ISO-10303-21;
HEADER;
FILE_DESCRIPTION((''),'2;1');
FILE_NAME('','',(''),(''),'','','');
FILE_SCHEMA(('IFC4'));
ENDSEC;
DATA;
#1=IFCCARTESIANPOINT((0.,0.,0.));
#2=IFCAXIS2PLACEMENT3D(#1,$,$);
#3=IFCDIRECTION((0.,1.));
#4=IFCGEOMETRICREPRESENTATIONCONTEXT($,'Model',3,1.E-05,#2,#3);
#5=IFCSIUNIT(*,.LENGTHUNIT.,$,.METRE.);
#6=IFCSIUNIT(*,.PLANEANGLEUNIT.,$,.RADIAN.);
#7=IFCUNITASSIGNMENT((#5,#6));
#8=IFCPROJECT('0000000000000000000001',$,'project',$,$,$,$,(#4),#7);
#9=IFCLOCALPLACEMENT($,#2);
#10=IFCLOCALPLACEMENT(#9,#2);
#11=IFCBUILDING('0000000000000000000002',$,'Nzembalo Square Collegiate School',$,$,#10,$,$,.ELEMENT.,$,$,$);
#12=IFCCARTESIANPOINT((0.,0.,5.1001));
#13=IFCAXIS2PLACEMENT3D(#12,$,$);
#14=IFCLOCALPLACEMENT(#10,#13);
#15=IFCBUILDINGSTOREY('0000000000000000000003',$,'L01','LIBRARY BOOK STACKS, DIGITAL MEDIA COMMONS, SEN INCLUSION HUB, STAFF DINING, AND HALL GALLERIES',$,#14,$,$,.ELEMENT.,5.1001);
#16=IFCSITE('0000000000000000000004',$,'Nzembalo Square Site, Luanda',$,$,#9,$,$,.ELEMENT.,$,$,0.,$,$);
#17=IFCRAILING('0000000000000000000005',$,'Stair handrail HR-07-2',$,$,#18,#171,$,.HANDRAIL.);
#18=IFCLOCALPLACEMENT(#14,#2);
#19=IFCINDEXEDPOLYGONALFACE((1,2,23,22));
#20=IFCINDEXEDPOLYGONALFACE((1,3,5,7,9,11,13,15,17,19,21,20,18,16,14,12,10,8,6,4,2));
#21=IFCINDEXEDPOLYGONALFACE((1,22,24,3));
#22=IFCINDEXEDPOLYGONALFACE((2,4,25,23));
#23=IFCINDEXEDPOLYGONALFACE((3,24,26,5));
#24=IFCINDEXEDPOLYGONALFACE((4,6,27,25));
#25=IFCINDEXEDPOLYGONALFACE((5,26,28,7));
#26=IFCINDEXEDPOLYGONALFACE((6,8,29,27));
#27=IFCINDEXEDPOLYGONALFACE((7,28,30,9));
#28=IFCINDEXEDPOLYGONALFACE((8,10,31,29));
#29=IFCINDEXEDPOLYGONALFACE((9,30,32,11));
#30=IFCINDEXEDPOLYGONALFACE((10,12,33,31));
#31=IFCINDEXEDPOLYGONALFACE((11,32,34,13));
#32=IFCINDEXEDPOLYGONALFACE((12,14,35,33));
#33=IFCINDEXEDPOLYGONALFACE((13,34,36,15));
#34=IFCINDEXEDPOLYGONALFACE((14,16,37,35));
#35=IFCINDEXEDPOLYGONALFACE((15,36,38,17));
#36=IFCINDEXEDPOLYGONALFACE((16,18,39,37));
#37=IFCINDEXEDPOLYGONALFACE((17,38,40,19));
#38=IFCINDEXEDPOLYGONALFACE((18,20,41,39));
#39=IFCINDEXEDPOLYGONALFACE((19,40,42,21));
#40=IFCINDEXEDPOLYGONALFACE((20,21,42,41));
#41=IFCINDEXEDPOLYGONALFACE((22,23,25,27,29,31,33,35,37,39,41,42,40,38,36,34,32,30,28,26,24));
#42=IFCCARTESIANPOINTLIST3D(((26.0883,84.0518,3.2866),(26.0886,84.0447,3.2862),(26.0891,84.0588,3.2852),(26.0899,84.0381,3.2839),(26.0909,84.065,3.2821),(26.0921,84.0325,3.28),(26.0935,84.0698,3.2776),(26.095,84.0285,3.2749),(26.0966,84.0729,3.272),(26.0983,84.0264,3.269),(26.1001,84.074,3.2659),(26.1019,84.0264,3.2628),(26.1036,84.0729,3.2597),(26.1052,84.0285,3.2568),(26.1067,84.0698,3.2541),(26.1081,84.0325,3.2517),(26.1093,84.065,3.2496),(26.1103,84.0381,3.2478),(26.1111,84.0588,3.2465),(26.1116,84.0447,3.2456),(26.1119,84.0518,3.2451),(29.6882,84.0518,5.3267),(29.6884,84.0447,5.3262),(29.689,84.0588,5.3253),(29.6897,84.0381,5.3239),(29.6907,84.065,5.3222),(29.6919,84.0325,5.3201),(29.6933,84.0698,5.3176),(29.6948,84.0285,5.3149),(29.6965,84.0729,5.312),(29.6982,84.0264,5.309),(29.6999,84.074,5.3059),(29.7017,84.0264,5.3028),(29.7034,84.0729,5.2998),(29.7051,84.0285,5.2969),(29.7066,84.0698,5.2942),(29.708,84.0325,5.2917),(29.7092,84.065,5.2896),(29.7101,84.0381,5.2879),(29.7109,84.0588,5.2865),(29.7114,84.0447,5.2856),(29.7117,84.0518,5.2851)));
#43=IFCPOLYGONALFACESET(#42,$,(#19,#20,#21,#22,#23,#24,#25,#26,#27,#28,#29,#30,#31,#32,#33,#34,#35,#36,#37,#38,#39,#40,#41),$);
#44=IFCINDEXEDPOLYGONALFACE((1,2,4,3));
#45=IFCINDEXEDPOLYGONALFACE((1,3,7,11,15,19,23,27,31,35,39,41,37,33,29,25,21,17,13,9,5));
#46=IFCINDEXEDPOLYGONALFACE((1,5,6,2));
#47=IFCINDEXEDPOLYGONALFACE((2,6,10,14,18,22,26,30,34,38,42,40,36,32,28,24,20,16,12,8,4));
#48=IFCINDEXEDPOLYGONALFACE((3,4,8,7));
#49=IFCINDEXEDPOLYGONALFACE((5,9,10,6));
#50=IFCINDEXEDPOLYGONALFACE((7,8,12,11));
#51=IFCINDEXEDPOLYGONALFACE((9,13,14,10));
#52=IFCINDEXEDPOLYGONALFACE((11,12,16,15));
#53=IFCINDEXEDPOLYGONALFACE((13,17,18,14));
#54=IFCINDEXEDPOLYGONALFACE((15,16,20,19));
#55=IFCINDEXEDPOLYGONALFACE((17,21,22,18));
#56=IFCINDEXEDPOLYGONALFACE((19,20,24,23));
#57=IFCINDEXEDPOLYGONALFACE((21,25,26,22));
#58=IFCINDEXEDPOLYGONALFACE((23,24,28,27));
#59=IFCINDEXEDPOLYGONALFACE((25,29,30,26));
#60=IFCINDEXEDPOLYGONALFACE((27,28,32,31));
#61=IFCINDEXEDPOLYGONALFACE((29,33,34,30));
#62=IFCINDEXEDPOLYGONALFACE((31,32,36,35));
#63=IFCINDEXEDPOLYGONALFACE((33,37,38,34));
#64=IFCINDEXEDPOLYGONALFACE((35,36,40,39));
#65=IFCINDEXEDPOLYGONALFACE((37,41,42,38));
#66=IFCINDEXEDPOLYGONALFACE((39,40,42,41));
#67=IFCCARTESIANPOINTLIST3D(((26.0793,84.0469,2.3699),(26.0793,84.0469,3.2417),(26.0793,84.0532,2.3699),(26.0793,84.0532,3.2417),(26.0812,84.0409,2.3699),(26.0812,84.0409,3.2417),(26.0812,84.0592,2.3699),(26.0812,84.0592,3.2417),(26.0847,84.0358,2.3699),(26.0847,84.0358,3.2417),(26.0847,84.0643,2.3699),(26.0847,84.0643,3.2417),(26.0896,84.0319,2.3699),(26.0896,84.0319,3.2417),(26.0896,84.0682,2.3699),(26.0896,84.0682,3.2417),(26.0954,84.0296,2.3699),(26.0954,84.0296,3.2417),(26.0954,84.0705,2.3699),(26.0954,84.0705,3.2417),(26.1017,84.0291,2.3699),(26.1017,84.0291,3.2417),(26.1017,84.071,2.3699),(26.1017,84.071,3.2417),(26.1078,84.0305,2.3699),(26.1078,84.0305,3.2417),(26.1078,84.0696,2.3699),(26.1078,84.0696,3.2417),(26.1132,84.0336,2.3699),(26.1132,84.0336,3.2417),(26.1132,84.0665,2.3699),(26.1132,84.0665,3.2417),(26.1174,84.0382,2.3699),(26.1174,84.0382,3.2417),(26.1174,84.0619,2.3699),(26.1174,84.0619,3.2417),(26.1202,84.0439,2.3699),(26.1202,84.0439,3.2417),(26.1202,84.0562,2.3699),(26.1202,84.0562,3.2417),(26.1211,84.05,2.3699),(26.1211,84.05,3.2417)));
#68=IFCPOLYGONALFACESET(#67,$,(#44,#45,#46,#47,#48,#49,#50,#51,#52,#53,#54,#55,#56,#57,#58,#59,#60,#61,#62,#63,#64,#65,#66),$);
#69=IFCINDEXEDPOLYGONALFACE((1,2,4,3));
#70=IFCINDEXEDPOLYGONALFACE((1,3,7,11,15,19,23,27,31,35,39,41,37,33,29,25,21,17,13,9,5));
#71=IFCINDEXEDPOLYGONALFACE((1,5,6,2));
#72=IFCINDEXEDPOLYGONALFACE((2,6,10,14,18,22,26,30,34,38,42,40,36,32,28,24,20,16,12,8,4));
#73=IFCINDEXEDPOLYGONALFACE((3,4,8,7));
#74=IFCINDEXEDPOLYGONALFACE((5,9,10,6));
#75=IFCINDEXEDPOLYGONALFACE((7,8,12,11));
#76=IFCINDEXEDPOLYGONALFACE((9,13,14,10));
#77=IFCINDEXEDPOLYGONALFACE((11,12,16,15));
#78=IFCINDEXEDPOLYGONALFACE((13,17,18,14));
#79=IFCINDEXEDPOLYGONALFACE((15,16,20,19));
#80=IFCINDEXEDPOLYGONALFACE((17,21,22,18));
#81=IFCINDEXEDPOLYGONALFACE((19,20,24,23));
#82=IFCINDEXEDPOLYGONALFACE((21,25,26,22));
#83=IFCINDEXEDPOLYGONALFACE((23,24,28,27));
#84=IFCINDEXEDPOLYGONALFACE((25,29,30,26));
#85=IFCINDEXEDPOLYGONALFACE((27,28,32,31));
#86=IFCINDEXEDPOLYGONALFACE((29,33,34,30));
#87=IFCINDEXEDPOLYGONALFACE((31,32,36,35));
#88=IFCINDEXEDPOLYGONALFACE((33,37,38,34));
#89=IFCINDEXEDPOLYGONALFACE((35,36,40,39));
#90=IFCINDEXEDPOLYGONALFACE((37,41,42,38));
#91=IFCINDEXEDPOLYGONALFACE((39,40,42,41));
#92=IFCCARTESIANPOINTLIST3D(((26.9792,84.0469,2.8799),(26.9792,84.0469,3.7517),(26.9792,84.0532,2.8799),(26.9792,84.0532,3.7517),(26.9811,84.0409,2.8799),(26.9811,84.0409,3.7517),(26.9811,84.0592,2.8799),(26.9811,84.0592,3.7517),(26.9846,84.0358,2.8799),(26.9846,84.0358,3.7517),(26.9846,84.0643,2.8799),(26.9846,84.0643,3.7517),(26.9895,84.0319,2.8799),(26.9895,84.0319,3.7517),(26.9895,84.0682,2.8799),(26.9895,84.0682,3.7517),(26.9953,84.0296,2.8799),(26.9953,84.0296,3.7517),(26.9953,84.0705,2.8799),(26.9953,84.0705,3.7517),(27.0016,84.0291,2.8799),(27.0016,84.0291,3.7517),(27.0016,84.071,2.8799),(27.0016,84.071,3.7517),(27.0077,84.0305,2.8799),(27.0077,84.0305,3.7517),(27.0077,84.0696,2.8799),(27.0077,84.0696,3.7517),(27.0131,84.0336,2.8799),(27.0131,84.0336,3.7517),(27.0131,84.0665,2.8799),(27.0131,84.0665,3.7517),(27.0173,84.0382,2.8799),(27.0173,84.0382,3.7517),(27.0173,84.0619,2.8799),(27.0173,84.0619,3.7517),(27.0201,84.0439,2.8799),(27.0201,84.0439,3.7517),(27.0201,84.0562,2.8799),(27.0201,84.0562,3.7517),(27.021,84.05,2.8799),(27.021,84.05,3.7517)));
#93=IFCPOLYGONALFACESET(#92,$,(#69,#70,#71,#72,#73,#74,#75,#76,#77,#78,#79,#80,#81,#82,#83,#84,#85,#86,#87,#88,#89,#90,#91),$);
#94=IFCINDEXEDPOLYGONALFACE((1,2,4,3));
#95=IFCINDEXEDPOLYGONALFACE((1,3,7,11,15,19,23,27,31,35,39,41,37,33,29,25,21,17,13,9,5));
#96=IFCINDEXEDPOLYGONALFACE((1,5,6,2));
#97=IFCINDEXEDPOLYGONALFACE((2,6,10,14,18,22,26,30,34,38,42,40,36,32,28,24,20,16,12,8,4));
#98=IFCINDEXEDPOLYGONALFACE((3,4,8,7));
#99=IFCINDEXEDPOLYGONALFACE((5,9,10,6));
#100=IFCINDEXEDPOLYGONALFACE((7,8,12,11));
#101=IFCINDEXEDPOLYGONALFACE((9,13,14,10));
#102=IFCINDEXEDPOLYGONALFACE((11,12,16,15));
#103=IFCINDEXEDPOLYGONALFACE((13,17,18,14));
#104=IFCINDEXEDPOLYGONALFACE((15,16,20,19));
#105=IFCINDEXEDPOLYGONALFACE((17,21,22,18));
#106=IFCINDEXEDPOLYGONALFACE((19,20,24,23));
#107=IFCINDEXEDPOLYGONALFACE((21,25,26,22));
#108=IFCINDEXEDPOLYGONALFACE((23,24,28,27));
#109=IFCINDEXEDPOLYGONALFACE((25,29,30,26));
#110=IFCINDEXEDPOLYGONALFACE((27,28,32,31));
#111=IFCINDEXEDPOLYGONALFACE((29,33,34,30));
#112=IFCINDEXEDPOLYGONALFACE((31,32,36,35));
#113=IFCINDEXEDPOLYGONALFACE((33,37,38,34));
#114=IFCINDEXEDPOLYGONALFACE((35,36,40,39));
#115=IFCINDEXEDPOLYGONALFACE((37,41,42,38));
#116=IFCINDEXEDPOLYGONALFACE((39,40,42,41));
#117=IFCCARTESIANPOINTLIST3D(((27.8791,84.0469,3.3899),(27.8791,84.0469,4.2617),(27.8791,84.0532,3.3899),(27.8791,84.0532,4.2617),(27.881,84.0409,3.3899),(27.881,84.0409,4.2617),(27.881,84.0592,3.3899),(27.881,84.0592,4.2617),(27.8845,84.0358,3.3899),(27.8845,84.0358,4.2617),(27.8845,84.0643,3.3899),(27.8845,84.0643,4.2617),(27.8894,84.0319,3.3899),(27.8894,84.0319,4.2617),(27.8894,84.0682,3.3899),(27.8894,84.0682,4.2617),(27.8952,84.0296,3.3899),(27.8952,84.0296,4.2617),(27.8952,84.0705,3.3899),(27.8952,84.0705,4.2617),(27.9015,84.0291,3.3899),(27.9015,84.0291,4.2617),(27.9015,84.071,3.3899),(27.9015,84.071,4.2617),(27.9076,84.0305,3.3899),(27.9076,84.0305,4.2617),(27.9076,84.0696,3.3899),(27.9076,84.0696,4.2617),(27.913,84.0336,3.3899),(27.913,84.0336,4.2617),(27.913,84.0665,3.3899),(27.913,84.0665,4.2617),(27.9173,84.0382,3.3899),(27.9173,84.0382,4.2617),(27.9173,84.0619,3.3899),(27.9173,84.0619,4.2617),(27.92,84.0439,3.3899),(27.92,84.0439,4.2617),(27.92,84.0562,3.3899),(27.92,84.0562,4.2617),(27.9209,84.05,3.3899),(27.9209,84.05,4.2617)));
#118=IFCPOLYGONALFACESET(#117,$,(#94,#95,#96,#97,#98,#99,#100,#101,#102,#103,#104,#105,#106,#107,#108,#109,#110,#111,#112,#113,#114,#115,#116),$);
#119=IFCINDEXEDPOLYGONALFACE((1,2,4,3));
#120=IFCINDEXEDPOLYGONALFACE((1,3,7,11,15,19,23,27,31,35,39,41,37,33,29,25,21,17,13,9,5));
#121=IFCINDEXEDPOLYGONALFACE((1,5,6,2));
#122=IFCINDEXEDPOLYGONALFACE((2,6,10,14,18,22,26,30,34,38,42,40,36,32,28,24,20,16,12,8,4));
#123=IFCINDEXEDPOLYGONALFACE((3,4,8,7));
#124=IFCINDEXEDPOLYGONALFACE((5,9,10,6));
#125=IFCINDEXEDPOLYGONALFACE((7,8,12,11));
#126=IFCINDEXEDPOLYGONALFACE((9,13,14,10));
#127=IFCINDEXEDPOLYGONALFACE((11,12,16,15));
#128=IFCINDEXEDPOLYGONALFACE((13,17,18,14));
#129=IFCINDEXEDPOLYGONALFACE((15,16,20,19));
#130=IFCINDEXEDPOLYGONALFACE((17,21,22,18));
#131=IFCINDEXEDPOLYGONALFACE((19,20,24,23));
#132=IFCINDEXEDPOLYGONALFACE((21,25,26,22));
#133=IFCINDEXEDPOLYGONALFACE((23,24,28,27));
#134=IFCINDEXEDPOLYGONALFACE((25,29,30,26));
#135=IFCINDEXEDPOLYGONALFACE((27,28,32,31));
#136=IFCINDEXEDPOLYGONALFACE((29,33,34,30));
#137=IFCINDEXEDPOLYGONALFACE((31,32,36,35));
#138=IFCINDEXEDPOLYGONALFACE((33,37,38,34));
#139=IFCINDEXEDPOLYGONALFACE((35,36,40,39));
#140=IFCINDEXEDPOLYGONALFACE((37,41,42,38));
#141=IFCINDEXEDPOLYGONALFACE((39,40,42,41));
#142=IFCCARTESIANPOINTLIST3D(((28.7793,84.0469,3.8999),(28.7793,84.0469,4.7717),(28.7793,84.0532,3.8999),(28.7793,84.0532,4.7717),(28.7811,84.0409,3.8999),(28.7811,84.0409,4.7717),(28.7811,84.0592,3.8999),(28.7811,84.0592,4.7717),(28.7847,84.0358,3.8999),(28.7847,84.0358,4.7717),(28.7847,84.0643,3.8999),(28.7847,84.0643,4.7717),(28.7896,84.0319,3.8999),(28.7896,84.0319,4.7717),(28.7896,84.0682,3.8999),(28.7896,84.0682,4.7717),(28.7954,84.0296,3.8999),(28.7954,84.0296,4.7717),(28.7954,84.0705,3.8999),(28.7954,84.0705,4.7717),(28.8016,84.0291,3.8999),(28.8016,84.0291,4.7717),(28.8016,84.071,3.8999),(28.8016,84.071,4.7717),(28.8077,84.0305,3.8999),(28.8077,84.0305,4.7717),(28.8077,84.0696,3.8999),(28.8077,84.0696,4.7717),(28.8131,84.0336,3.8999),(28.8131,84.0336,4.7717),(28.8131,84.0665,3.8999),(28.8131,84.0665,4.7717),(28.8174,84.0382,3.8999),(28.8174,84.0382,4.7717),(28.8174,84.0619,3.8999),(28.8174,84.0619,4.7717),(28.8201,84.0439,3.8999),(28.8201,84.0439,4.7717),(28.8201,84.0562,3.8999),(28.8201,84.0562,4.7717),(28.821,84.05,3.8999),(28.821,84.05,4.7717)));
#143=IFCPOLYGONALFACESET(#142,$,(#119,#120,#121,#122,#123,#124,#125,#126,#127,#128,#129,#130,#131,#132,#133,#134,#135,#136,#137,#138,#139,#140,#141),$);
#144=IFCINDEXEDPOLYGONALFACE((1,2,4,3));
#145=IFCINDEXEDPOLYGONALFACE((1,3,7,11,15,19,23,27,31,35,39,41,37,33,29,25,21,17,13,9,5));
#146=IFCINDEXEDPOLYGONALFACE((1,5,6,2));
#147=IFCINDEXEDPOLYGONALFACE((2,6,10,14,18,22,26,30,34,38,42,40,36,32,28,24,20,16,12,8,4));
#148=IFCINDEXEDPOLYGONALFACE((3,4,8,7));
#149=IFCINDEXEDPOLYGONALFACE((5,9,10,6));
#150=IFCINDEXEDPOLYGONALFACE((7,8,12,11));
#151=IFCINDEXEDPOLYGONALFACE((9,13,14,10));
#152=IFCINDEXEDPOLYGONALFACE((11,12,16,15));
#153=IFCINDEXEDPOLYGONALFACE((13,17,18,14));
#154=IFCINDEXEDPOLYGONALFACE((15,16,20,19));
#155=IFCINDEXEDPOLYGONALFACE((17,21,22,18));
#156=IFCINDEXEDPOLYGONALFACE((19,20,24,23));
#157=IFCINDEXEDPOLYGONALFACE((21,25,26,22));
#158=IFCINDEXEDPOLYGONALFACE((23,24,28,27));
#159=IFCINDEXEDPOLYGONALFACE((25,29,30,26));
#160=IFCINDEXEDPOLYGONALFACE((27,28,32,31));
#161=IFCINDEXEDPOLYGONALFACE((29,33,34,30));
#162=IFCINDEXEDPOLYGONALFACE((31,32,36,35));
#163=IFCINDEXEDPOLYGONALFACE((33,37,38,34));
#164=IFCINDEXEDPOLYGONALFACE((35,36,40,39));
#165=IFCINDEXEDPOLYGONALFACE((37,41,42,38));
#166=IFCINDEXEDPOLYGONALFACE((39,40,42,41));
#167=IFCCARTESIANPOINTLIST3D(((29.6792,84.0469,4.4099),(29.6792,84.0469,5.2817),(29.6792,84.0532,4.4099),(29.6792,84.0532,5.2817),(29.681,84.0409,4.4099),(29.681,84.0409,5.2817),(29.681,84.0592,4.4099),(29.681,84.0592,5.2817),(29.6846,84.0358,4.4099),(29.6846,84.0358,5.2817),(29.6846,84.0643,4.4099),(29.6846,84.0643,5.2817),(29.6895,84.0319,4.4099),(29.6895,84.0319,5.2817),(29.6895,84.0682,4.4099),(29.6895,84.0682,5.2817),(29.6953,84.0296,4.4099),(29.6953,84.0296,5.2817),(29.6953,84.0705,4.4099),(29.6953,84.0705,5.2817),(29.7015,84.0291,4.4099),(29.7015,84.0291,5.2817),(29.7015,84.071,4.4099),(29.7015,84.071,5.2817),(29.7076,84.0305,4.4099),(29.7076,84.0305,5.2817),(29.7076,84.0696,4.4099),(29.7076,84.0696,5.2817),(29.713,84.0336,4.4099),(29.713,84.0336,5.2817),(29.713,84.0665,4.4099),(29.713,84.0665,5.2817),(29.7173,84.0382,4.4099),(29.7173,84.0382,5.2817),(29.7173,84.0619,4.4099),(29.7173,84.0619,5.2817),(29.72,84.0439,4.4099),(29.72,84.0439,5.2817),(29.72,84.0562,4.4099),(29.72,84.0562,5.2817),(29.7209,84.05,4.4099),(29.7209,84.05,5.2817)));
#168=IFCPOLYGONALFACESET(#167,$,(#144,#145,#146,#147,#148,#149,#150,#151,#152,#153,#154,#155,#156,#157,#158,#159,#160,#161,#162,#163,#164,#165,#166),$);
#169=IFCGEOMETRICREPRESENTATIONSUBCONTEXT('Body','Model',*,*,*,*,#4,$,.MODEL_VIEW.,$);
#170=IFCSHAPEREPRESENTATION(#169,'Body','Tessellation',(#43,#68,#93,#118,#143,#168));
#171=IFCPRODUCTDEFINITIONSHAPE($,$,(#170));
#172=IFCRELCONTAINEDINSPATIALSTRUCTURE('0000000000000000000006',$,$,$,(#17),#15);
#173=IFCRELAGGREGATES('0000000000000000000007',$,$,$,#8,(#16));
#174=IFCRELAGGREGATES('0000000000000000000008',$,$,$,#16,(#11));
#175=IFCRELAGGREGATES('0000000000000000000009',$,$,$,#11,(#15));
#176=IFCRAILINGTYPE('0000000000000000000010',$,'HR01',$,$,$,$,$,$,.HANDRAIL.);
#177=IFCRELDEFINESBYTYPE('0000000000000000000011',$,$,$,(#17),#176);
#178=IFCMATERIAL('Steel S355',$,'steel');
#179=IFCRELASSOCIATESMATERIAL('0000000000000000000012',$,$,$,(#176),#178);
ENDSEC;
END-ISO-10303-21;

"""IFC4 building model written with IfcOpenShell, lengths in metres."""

from ifc_helpers import new_model, si_unit, direction, frame, origin, origin_2d, place, context, subcontext, project, spatial, circle, extrude, material, type_object, element, save


model = new_model("IFC4")

# Units and contexts
model_context = context("Model", 3, precision=1e-05, world=origin(), true_north=direction((0.0, 1.0)))
body_context = subcontext(model_context, "Body", "Model", "MODEL_VIEW")
ifc_project = project(units=[si_unit("LENGTHUNIT", "METRE"), si_unit("PLANEANGLEUNIT", "RADIAN")], contexts=[model_context])

# Site, building, storey
site_placement = place(None, origin())
site = spatial("IfcSite", under=ifc_project, at=site_placement, Name="Nzembalo Square Site, Luanda", CompositionType="ELEMENT", RefElevation=0.0)
building_placement = place(site_placement, origin())
building = spatial("IfcBuilding", under=site, at=building_placement, Name="Nzembalo Square Collegiate School", CompositionType="ELEMENT")
storey_placement = place(building_placement, frame((0.0, 0.0, 5.1001)))
storey = spatial("IfcBuildingStorey", under=building, at=storey_placement, Name="L01", Description="LIBRARY BOOK STACKS, DIGITAL MEDIA COMMONS, SEN INCLUSION HUB, STAFF DINING, AND HALL GALLERIES", CompositionType="ELEMENT", Elevation=5.1001)

# Railing
ifc_material_1 = material(Name="Steel S355", Category="steel")
railing_type_1 = type_object("IfcRailingType", Name="HR01", PredefinedType="HANDRAIL", material=ifc_material_1)
railing_1_placement = place(storey_placement, frame((26.1001, 84.05, 2.3699)))
element("IfcRailing", 1, at=railing_1_placement, inside=storey, type_object=railing_type_1, Name="Stair handrail HR-07-2", PredefinedType="HANDRAIL", context=body_context, shape_type="SweptSolid", body=[
    extrude(circle(Radius=0.0239, at=origin_2d()), frame((0.0, 0.0, 0.896), z_axis=(0.87001, 0.0, 0.493035), x_axis=(0.0, 1.0, 0.0)), (0.0, 0.0, 1.0), 4.1377),
    extrude(circle(Radius=0.021, at=origin_2d()), origin(), (0.0, 0.0, 1.0), 0.8718),
    extrude(circle(Radius=0.021, at=origin_2d()), frame((0.8999, 0.0, 0.51)), (0.0, 0.0, 1.0), 0.8718),
    extrude(circle(Radius=0.021, at=origin_2d()), frame((1.7998, 0.0, 1.02)), (0.0, 0.0, 1.0), 0.8718),
    extrude(circle(Radius=0.021, at=origin_2d()), frame((2.7, 0.0, 1.53)), (0.0, 0.0, 1.0), 0.8718),
    extrude(circle(Radius=0.021, at=origin_2d()), frame((3.5999, 0.0, 2.04)), (0.0, 0.0, 1.0), 0.8718),
])

save(model, "model.ifc")
